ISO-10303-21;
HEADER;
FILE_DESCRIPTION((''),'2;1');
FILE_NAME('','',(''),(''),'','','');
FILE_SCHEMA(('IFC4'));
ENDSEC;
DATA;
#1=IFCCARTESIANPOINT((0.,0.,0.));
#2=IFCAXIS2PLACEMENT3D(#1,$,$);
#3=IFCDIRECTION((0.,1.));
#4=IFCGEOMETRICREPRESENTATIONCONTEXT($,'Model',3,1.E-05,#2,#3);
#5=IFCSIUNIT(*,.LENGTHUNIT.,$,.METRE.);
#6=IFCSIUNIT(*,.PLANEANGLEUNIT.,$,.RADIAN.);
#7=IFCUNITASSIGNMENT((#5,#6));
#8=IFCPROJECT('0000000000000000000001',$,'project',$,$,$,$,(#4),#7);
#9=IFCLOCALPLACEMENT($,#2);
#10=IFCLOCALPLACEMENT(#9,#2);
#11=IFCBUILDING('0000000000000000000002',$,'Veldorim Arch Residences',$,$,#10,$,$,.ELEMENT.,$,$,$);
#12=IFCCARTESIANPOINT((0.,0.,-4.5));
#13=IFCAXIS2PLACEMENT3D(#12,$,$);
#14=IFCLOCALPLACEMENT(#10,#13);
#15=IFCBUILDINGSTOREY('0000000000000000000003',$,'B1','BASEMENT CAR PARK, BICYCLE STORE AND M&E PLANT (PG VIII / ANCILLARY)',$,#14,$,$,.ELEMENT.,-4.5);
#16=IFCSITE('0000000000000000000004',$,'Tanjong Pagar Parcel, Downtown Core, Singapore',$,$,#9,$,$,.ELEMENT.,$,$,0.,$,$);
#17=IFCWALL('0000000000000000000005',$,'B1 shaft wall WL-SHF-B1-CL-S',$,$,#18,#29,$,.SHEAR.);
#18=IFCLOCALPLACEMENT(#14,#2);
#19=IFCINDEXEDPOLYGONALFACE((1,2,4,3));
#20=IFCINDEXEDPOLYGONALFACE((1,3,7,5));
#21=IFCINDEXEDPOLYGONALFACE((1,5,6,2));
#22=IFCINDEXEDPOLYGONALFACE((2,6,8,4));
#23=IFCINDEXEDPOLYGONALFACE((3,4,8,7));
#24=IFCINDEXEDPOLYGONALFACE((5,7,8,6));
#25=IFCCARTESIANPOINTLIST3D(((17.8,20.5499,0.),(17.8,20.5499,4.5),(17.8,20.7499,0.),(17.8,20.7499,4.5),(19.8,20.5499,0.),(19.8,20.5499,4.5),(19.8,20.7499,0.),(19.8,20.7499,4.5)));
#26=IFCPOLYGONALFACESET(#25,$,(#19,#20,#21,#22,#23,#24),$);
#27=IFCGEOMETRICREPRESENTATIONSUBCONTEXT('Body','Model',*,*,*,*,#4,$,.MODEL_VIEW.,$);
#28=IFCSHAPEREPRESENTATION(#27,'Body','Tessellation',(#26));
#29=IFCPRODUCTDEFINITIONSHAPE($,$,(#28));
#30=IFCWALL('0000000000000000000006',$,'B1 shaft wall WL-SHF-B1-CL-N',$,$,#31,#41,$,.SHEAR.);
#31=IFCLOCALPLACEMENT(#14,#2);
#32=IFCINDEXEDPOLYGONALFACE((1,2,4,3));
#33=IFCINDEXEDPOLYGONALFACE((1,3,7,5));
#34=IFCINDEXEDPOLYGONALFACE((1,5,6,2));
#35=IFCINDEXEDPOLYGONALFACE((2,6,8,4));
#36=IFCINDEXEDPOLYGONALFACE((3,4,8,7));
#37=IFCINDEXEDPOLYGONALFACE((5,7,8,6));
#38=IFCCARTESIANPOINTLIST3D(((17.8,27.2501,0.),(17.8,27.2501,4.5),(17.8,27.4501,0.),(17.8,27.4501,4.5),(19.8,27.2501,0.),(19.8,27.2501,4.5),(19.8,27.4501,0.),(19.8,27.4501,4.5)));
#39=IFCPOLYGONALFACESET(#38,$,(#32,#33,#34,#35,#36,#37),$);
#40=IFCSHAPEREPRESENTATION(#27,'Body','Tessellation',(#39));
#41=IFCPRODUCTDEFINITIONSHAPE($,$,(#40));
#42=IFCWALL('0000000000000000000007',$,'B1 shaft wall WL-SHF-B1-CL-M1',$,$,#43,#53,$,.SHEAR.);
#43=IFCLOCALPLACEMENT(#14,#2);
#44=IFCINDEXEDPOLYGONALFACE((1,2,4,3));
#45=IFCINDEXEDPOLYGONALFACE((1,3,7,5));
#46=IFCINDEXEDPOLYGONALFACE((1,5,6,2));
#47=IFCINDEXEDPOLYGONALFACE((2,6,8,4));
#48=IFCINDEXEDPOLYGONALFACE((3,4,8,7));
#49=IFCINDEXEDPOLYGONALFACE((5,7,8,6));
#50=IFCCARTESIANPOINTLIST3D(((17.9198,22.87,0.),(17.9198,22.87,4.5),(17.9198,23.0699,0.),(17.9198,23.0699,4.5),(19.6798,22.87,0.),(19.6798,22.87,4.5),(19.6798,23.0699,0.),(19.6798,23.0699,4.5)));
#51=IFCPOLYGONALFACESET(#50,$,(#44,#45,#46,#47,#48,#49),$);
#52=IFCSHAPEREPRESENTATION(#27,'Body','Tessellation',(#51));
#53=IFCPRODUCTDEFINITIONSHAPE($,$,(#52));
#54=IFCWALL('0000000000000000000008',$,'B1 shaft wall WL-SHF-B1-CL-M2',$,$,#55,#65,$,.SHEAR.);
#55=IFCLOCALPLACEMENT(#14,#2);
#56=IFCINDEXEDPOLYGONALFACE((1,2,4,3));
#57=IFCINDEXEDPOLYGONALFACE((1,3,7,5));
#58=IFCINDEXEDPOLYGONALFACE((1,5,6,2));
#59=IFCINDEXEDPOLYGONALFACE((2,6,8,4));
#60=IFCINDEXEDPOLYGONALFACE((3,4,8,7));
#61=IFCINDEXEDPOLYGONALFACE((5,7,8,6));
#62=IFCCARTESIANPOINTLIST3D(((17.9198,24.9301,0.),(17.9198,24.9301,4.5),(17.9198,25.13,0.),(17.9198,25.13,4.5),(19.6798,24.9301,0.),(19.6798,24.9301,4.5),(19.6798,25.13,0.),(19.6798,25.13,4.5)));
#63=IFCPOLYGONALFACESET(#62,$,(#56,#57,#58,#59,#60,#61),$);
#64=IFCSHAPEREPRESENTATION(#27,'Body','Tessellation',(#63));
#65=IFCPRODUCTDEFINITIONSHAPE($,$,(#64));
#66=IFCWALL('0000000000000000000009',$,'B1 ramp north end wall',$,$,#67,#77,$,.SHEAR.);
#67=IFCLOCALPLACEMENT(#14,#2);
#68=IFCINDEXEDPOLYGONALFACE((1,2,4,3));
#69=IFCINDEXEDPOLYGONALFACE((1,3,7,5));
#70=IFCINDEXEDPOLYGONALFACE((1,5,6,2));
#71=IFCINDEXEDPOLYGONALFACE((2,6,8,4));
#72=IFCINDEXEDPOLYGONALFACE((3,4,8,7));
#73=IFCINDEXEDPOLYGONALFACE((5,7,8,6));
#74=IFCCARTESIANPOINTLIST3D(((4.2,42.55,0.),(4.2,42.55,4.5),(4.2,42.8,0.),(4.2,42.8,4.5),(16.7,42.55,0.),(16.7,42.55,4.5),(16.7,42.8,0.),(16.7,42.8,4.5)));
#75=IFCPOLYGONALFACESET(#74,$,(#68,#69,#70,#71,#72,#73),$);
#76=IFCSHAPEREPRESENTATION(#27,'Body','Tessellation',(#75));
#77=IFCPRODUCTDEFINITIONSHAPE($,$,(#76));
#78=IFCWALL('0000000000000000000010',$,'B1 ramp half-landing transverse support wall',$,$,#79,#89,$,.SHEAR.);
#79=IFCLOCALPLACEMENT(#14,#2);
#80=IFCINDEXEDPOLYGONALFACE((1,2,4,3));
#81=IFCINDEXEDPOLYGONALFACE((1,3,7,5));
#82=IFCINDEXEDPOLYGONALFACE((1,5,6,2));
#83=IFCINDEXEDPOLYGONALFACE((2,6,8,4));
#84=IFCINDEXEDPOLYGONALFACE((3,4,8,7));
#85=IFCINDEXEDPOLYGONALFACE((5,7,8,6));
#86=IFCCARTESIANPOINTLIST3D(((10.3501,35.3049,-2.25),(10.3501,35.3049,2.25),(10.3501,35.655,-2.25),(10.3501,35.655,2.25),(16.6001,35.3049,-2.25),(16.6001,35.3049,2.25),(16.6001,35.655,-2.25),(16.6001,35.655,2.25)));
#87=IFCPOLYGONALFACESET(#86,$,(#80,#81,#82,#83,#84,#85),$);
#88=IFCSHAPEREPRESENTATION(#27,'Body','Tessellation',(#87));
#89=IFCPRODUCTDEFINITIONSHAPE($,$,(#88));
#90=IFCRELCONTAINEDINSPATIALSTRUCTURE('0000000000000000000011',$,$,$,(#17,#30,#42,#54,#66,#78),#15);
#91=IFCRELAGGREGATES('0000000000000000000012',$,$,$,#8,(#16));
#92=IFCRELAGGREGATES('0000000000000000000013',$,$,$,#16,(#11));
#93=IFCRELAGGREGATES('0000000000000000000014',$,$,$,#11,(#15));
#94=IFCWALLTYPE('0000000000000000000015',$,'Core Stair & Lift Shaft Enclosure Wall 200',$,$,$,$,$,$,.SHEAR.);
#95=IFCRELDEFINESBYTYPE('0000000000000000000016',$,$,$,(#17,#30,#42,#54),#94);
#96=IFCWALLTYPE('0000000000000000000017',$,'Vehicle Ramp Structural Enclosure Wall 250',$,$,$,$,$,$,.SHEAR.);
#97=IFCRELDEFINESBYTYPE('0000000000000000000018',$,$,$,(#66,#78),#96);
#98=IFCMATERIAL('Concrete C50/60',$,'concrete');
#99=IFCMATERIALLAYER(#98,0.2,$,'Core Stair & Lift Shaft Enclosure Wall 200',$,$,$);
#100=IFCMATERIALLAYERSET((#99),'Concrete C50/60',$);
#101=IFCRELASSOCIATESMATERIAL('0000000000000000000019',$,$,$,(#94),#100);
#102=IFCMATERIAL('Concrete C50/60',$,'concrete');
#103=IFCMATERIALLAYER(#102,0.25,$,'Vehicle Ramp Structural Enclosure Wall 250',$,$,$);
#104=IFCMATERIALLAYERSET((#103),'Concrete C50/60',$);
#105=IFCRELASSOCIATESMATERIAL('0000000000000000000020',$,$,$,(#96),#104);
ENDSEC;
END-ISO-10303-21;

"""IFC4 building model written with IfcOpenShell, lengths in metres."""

from ifc_helpers import new_model, si_unit, direction, frame, frame_2d, origin, place, context, subcontext, project, spatial, rectangle, extrude, material, layer, layer_set, type_object, element, save


model = new_model("IFC4")

# Units and contexts
model_context = context("Model", 3, precision=1e-05, world=origin(), true_north=direction((0.0, 1.0)))
body_context = subcontext(model_context, "Body", "Model", "MODEL_VIEW")
ifc_project = project(units=[si_unit("LENGTHUNIT", "METRE"), si_unit("PLANEANGLEUNIT", "RADIAN")], contexts=[model_context])

# Site, building, storey
site_placement = place(None, origin())
site = spatial("IfcSite", under=ifc_project, at=site_placement, Name="Tanjong Pagar Parcel, Downtown Core, Singapore", CompositionType="ELEMENT", RefElevation=0.0)
building_placement = place(site_placement, origin())
building = spatial("IfcBuilding", under=site, at=building_placement, Name="Veldorim Arch Residences", CompositionType="ELEMENT")
storey_placement = place(building_placement, frame((0.0, 0.0, -4.5)))
storey = spatial("IfcBuildingStorey", under=building, at=storey_placement, Name="B1", Description="BASEMENT CAR PARK, BICYCLE STORE AND M&E PLANT (PG VIII / ANCILLARY)", CompositionType="ELEMENT", Elevation=-4.5)

# Shared definitions
ifc_material_1 = material(Name="Concrete C50/60", Category="concrete")
ifc_layer_1 = layer(ifc_material_1, 0.2, Name="Core Stair & Lift Shaft Enclosure Wall 200")
ifc_layer_set_1 = layer_set([ifc_layer_1], Name="Concrete C50/60")
wall_type_1 = type_object("IfcWallType", Name="Core Stair & Lift Shaft Enclosure Wall 200", PredefinedType="SHEAR", material=ifc_layer_set_1)

# Walls
for number, where, z_axis, x_axis, name in (
    (1, (17.8, 20.6499, 0.0), (0.0, 0.0, 1.0), (1.0, 0.0, 0.0), "B1 shaft wall WL-SHF-B1-CL-S"),
    (2, (17.8, 27.3501, 0.0), (0.0, 0.0, 1.0), (1.0, 0.0, 0.0), "B1 shaft wall WL-SHF-B1-CL-N"),
):
    element("IfcWall", number, at=place(storey_placement, frame(where, z_axis=z_axis, x_axis=x_axis)), inside=storey, type_object=wall_type_1, Name=name, PredefinedType="SHEAR", context=body_context, shape_type="SweptSolid", body=[
        extrude(rectangle(XDim=2.0, YDim=0.2, at=frame_2d((1.0, 0.0))), origin(), (0.0, 0.0, 1.0), 4.5),
    ])
for number, where, z_axis, x_axis, name in (
    (3, (17.9199, 22.97, 0.0), (0.0, 0.0, 1.0), (1.0, 0.0, 0.0), "B1 shaft wall WL-SHF-B1-CL-M1"),
    (4, (17.9199, 25.03, 0.0), (0.0, 0.0, 1.0), (1.0, 0.0, 0.0), "B1 shaft wall WL-SHF-B1-CL-M2"),
):
    element("IfcWall", number, at=place(storey_placement, frame(where, z_axis=z_axis, x_axis=x_axis)), inside=storey, type_object=wall_type_1, Name=name, PredefinedType="SHEAR", context=body_context, shape_type="SweptSolid", body=[
        extrude(rectangle(XDim=1.76, YDim=0.2, at=frame_2d((0.8799, 0.0))), origin(), (0.0, 0.0, 1.0), 4.5),
    ])
ifc_material_2 = material(Name="Concrete C50/60", Category="concrete")
ifc_layer_2 = layer(ifc_material_2, 0.25, Name="Vehicle Ramp Structural Enclosure Wall 250")
ifc_layer_set_2 = layer_set([ifc_layer_2], Name="Concrete C50/60")
wall_type_2 = type_object("IfcWallType", Name="Vehicle Ramp Structural Enclosure Wall 250", PredefinedType="SHEAR", material=ifc_layer_set_2)
wall_1_placement = place(storey_placement, frame((4.2, 42.675, 0.0), z_axis=(0.0, 0.0, 1.0), x_axis=(1.0, 0.0, 0.0)))
element("IfcWall", 5, at=wall_1_placement, inside=storey, type_object=wall_type_2, Name="B1 ramp north end wall", PredefinedType="SHEAR", context=body_context, shape_type="SweptSolid", body=[
    extrude(rectangle(XDim=12.5, YDim=0.25, at=frame_2d((6.25, 0.0))), origin(), (0.0, 0.0, 1.0), 4.5),
])
wall_2_placement = place(storey_placement, frame((10.3501, 35.48, -2.25), z_axis=(0.0, 0.0, 1.0), x_axis=(1.0, 0.0, 0.0)))
element("IfcWall", 6, at=wall_2_placement, inside=storey, type_object=wall_type_2, Name="B1 ramp half-landing transverse support wall", PredefinedType="SHEAR", context=body_context, shape_type="SweptSolid", body=[
    extrude(rectangle(XDim=6.25, YDim=0.3501, at=frame_2d((3.125, 0.0))), origin(), (0.0, 0.0, 1.0), 4.5),
])

save(model, "model.ifc")
